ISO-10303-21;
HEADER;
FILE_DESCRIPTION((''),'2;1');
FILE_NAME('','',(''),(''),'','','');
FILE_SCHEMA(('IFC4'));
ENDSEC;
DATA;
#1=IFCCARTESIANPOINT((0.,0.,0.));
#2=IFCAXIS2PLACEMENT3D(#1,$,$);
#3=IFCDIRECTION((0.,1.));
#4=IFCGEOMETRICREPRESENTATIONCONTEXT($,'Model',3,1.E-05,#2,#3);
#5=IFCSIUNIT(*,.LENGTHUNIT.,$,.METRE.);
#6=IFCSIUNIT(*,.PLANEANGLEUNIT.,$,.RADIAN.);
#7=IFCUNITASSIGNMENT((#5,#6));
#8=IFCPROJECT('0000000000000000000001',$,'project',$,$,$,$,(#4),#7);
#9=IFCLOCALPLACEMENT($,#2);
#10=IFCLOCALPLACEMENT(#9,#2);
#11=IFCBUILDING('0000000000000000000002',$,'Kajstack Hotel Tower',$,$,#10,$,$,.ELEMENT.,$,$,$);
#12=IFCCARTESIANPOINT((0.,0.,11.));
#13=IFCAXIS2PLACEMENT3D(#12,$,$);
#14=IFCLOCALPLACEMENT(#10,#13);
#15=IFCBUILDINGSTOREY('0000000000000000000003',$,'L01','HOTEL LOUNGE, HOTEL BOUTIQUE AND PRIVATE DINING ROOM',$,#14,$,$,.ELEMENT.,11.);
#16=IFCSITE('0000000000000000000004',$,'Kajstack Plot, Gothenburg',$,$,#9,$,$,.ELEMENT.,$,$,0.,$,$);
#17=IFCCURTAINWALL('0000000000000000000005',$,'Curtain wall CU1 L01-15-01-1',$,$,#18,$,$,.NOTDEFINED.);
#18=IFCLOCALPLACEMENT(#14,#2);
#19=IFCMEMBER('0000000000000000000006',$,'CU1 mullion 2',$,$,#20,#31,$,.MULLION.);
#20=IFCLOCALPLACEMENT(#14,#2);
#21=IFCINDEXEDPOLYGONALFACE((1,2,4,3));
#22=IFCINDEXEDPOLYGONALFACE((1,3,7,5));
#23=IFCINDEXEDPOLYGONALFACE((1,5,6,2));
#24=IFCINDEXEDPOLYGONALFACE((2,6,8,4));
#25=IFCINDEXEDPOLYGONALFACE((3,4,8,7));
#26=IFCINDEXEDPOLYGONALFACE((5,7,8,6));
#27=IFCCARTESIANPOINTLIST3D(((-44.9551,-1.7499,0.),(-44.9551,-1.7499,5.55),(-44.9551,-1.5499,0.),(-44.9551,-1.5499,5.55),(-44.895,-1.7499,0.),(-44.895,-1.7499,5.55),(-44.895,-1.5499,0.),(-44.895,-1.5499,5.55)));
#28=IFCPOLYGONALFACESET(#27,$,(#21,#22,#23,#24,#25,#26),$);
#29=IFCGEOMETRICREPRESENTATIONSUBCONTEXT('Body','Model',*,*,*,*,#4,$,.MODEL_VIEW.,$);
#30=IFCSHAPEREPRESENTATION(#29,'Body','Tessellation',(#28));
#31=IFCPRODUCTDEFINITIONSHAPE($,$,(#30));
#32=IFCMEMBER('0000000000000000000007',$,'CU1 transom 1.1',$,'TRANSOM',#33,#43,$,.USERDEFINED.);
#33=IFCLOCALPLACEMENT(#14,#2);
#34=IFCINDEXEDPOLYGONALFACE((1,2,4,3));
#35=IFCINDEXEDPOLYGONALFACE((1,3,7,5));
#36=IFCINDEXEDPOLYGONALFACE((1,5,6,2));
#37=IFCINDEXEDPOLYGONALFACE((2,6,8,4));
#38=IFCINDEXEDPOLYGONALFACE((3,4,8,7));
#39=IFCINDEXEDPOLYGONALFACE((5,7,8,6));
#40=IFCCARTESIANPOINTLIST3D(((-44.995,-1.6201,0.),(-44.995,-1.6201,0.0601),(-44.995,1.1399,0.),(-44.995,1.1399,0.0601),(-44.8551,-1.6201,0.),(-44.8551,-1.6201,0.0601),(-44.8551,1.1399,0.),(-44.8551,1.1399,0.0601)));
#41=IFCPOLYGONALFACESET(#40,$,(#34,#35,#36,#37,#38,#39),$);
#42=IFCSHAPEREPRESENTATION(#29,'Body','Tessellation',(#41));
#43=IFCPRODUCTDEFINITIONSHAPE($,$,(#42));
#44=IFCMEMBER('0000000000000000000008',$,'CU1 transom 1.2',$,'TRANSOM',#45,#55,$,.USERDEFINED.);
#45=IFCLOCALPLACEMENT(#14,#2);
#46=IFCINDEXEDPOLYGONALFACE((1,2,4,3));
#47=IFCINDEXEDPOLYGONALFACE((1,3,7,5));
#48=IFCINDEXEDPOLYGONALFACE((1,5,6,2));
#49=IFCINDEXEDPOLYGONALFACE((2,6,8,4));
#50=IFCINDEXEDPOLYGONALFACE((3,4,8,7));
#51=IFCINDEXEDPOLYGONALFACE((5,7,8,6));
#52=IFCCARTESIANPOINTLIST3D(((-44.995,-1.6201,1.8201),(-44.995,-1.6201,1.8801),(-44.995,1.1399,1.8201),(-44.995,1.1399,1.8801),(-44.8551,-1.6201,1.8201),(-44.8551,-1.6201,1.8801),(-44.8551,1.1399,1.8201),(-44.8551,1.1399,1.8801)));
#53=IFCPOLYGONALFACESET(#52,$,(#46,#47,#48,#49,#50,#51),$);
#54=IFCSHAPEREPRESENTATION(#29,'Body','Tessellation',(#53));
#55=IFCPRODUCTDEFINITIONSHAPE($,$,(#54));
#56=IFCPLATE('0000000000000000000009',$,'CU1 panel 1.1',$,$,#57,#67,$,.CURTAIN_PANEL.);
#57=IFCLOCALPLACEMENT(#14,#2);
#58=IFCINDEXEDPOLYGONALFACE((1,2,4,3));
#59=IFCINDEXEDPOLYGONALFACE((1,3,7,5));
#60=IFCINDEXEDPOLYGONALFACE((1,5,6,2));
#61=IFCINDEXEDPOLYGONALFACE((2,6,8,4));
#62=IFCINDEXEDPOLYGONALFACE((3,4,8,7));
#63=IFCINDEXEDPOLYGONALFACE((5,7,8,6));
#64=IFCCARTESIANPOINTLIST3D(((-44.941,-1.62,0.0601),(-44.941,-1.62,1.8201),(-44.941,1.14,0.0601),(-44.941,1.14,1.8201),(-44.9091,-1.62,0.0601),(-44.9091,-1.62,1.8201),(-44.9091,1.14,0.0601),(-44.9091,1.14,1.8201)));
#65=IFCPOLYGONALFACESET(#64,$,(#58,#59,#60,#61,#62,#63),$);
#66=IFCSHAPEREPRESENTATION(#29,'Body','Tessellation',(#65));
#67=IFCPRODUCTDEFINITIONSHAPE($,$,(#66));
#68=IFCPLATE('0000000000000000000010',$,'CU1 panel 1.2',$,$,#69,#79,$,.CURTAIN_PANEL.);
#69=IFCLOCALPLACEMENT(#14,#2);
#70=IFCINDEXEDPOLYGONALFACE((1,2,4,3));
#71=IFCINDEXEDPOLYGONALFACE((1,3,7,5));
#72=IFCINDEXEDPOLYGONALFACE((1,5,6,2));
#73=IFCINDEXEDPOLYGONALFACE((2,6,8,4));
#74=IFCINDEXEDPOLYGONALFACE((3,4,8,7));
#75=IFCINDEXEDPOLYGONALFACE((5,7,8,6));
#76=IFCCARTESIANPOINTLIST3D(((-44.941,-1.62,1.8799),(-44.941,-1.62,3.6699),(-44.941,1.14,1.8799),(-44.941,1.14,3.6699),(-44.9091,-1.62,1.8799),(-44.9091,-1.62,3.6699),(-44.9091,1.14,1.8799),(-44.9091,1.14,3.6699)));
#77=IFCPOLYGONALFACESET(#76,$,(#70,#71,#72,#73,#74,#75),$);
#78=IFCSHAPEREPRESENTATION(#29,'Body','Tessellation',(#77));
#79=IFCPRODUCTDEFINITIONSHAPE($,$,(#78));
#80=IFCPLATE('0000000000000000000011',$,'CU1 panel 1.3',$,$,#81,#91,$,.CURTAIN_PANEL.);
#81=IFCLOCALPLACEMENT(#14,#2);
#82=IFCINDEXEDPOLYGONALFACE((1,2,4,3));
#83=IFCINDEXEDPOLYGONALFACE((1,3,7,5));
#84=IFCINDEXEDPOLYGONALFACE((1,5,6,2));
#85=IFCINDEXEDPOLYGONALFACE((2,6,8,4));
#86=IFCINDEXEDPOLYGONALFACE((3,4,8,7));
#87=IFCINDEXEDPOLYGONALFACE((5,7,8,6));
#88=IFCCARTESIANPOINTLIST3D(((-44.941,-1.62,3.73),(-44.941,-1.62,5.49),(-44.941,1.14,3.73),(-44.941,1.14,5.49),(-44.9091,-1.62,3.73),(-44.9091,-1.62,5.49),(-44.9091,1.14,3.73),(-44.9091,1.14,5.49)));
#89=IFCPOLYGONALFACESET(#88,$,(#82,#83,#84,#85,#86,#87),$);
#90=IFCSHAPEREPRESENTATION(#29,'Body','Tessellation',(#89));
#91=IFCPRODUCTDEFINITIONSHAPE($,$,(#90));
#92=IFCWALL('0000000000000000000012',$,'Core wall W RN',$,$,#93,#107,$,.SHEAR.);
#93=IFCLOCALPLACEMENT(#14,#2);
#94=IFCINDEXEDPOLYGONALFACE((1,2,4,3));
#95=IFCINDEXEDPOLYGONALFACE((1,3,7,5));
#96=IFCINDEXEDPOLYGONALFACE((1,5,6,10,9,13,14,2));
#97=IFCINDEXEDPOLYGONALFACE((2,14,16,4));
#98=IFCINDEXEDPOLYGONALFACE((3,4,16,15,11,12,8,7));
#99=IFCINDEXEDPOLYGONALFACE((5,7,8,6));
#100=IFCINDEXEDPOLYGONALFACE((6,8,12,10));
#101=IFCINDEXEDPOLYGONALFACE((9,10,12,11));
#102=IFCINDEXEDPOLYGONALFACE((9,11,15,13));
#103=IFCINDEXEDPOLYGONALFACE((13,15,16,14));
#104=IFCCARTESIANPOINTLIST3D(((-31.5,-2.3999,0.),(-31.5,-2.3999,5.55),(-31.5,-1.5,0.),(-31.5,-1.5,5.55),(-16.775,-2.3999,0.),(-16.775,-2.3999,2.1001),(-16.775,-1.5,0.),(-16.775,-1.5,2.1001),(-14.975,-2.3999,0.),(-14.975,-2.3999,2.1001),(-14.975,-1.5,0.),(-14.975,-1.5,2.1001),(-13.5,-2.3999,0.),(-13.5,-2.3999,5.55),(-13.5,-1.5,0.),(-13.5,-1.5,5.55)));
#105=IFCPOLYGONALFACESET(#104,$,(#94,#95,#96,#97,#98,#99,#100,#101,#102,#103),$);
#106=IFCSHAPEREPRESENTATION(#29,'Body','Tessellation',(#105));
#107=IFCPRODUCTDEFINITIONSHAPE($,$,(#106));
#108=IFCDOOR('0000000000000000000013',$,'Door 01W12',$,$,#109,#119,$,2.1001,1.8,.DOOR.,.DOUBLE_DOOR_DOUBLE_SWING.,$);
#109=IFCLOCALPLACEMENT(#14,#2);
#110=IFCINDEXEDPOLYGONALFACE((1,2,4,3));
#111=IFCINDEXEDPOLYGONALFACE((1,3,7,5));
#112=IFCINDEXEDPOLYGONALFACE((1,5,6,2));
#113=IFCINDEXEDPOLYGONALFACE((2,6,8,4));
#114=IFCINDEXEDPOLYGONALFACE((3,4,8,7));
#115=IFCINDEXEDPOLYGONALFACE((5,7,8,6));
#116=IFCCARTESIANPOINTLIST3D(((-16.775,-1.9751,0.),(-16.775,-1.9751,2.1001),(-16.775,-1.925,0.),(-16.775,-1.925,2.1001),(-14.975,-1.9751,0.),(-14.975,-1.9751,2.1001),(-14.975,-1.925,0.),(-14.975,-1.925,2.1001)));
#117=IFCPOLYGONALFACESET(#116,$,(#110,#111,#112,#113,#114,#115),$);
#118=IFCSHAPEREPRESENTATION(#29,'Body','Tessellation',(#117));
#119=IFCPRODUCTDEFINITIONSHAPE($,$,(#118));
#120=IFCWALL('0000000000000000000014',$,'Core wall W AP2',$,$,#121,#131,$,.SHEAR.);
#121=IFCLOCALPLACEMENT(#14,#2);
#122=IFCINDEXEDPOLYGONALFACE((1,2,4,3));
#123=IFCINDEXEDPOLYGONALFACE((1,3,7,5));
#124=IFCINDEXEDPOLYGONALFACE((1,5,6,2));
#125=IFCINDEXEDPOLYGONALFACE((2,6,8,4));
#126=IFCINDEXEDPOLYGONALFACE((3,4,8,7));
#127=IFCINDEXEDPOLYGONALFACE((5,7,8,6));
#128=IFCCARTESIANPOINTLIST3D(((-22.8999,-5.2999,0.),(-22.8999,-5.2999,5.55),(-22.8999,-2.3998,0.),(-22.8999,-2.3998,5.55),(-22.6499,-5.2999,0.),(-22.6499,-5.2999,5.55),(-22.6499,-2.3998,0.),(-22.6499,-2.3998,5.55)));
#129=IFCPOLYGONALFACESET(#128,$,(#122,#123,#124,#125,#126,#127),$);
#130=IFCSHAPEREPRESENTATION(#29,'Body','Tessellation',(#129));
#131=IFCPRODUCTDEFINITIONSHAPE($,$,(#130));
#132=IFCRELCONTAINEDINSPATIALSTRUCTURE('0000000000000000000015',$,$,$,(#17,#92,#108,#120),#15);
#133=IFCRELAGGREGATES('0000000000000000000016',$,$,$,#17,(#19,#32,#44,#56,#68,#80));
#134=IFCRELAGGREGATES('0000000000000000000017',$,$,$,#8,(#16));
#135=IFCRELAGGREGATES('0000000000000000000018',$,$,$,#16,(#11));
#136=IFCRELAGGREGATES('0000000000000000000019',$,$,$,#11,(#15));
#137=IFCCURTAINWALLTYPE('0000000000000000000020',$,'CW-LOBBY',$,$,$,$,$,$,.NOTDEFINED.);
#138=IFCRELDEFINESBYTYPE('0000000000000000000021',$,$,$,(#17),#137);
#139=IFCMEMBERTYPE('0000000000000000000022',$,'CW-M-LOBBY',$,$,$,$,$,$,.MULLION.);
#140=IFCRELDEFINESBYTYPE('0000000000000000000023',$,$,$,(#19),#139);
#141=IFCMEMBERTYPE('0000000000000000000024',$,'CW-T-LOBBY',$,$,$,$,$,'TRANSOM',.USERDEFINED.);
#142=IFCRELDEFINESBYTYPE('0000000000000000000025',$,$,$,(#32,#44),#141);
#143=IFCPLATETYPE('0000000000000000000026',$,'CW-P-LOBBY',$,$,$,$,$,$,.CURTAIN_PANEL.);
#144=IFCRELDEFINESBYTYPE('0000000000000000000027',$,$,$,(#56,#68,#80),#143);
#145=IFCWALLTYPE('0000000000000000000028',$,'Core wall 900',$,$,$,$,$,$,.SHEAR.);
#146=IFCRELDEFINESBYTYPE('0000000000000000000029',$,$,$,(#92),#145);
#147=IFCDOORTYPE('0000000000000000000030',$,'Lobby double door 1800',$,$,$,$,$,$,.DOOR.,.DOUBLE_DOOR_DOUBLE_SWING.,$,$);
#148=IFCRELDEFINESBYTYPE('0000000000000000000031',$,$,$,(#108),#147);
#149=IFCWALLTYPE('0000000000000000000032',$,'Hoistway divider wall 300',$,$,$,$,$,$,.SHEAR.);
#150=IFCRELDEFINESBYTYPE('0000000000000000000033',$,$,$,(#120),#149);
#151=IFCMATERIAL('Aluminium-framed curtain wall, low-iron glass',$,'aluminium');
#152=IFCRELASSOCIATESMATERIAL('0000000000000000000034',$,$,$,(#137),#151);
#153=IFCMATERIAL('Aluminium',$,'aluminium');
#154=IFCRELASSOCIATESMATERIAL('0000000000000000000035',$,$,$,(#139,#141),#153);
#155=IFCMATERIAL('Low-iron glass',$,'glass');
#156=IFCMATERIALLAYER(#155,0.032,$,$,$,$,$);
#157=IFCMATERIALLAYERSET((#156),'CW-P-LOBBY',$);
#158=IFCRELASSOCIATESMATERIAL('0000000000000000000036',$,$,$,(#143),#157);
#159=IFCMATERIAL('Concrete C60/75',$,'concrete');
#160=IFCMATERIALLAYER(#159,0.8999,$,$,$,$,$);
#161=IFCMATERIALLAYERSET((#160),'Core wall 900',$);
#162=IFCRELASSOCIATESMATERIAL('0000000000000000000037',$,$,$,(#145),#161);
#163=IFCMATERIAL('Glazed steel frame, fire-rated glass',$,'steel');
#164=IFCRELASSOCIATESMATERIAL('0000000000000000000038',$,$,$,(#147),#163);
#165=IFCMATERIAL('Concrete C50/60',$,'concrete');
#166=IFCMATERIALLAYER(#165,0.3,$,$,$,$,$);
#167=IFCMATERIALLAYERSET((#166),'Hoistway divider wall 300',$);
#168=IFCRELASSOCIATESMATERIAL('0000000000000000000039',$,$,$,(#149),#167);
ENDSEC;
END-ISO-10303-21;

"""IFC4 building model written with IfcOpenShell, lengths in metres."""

from ifc_helpers import new_model, si_unit, direction, frame, frame_2d, origin, origin_2d, place, context, subcontext, project, spatial, rectangle, extrude, material, layer, layer_set, material_profile, profile_set, type_object, element, fill, aggregate, save


model = new_model("IFC4")

# Units and contexts
model_context = context("Model", 3, precision=1e-05, world=origin(), true_north=direction((0.0, 1.0)))
body_context = subcontext(model_context, "Body", "Model", "MODEL_VIEW")
ifc_project = project(units=[si_unit("LENGTHUNIT", "METRE"), si_unit("PLANEANGLEUNIT", "RADIAN")], contexts=[model_context])

# Site, building, storey
site_placement = place(None, origin())
site = spatial("IfcSite", under=ifc_project, at=site_placement, Name="Kajstack Plot, Gothenburg", CompositionType="ELEMENT", RefElevation=0.0)
building_placement = place(site_placement, origin())
building = spatial("IfcBuilding", under=site, at=building_placement, Name="Kajstack Hotel Tower", CompositionType="ELEMENT")
storey_placement = place(building_placement, frame((0.0, 0.0, 11.0)))
storey = spatial("IfcBuildingStorey", under=building, at=storey_placement, Name="L01", Description="HOTEL LOUNGE, HOTEL BOUTIQUE AND PRIVATE DINING ROOM", CompositionType="ELEMENT", Elevation=11.0)

# Curtain wall, members, plates
ifc_material_1 = material(Name="Aluminium-framed curtain wall, low-iron glass", Category="aluminium")
curtain_wall_type = type_object("IfcCurtainWallType", Name="CW-LOBBY", PredefinedType="NOTDEFINED", material=ifc_material_1)
curtain_wall_placement = place(storey_placement, origin())
curtain_wall = element("IfcCurtainWall", 1, at=curtain_wall_placement, inside=storey, type_object=curtain_wall_type, Name="Curtain wall CU1 L01-15-01-1", PredefinedType="NOTDEFINED")
ifc_material_2 = material(Name="Aluminium", Category="aluminium")
ifc_material_profile_1 = material_profile(ifc_material_2, rectangle(XDim=0.0601, YDim=0.2, at=origin_2d()), Name="Aluminium mullion 60 x 200")
ifc_profile_set_1 = profile_set([ifc_material_profile_1], Name="Aluminium")
member_type_1 = type_object("IfcMemberType", Name="CW-M-LOBBY", PredefinedType="MULLION", material=ifc_profile_set_1)
member_1_placement = place(storey_placement, frame((-44.925, -1.6499, 0.0), z_axis=(0.0, 0.0, 1.0), x_axis=(1.0, 0.0, 0.0)))
member_1 = element("IfcMember", 2, at=member_1_placement, type_object=member_type_1, Name="CU1 mullion 2", PredefinedType="MULLION", context=body_context, shape_type="SweptSolid", body=[
    extrude(rectangle(XDim=0.0601, YDim=0.2, at=origin_2d()), origin(), (0.0, 0.0, 1.0), 5.55),
])
ifc_material_profile_2 = material_profile(ifc_material_2, rectangle(XDim=0.1399, YDim=0.0601, at=origin_2d()), Name="Aluminium transom 140 x 60")
ifc_profile_set_2 = profile_set([ifc_material_profile_2], Name="Aluminium")
member_type_2 = type_object("IfcMemberType", Name="CW-T-LOBBY", ElementType="TRANSOM", PredefinedType="USERDEFINED", material=ifc_profile_set_2)
member_2_placement = place(storey_placement, frame((-44.925, 1.1399, 0.03), z_axis=(0.0, -1.0, 0.0), x_axis=(1.0, 0.0, 0.0)))
member_2 = element("IfcMember", 3, at=member_2_placement, type_object=member_type_2, Name="CU1 transom 1.1", ObjectType="TRANSOM", PredefinedType="USERDEFINED", context=body_context, shape_type="SweptSolid", body=[
    extrude(rectangle(XDim=0.1399, YDim=0.0601, at=origin_2d()), origin(), (0.0, 0.0, 1.0), 2.76),
])
member_3_placement = place(storey_placement, frame((-44.925, 1.1399, 1.8501), z_axis=(0.0, -1.0, 0.0), x_axis=(1.0, 0.0, 0.0)))
member_3 = element("IfcMember", 4, at=member_3_placement, type_object=member_type_2, Name="CU1 transom 1.2", ObjectType="TRANSOM", PredefinedType="USERDEFINED", context=body_context, shape_type="SweptSolid", body=[
    extrude(rectangle(XDim=0.1399, YDim=0.0601, at=origin_2d()), origin(), (0.0, 0.0, 1.0), 2.76),
])
ifc_material_3 = material(Name="Low-iron glass", Category="glass")
ifc_layer_1 = layer(ifc_material_3, 0.032)
ifc_layer_set_1 = layer_set([ifc_layer_1], Name="CW-P-LOBBY")
plate_type = type_object("IfcPlateType", Name="CW-P-LOBBY", PredefinedType="CURTAIN_PANEL", material=ifc_layer_set_1)
plate_1_placement = place(storey_placement, frame((-44.925, -0.24, 0.0601), z_axis=(0.0, 0.0, 1.0), x_axis=(0.0, -1.0, 0.0)))
plate_1 = element("IfcPlate", 5, at=plate_1_placement, type_object=plate_type, Name="CU1 panel 1.1", PredefinedType="CURTAIN_PANEL", context=body_context, shape_type="SweptSolid", body=[
    extrude(rectangle(XDim=2.76, YDim=0.032, at=origin_2d()), origin(), (0.0, 0.0, 1.0), 1.76),
])
plate_2_placement = place(storey_placement, frame((-44.925, -0.24, 1.8799), z_axis=(0.0, 0.0, 1.0), x_axis=(0.0, -1.0, 0.0)))
plate_2 = element("IfcPlate", 6, at=plate_2_placement, type_object=plate_type, Name="CU1 panel 1.2", PredefinedType="CURTAIN_PANEL", context=body_context, shape_type="SweptSolid", body=[
    extrude(rectangle(XDim=2.76, YDim=0.032, at=origin_2d()), origin(), (0.0, 0.0, 1.0), 1.79),
])
plate_3_placement = place(storey_placement, frame((-44.925, -0.24, 3.73), z_axis=(0.0, 0.0, 1.0), x_axis=(0.0, -1.0, 0.0)))
plate_3 = element("IfcPlate", 7, at=plate_3_placement, type_object=plate_type, Name="CU1 panel 1.3", PredefinedType="CURTAIN_PANEL", context=body_context, shape_type="SweptSolid", body=[
    extrude(rectangle(XDim=2.76, YDim=0.032, at=origin_2d()), origin(), (0.0, 0.0, 1.0), 1.76),
])
aggregate(curtain_wall, [member_1, member_2, member_3, plate_1, plate_2, plate_3])

# Wall, opening, door
ifc_material_4 = material(Name="Concrete C60/75", Category="concrete")
ifc_layer_2 = layer(ifc_material_4, 0.8999)
ifc_layer_set_2 = layer_set([ifc_layer_2], Name="Core wall 900")
wall_type_1 = type_object("IfcWallType", Name="Core wall 900", PredefinedType="SHEAR", material=ifc_layer_set_2)
wall_1_placement = place(storey_placement, frame((-31.5, -1.95, 0.0), z_axis=(0.0, 0.0, 1.0), x_axis=(1.0, 0.0, 0.0)))
wall_1 = element("IfcWall", 8, at=wall_1_placement, inside=storey, type_object=wall_type_1, Name="Core wall W RN", PredefinedType="SHEAR", context=body_context, shape_type="SweptSolid", body=[
    extrude(rectangle(XDim=18.0, YDim=0.8999, at=frame_2d((9.0, 0.0))), origin(), (0.0, 0.0, 1.0), 5.55),
])
opening_1_placement = place(wall_1_placement, frame((14.7251, 0.0, 0.0)))
opening_1 = element("IfcOpeningElement", 9, at=opening_1_placement, cuts=wall_1, PredefinedType="OPENING", context=body_context, shape_type="SweptSolid", body=[
    extrude(rectangle(XDim=1.8, YDim=2.1001, at=frame_2d((0.8999, 1.05))), frame((0.0, 0.46, 0.0), z_axis=(0.0, -1.0, 0.0), x_axis=(1.0, 0.0, 0.0)), (0.0, 0.0, 1.0), 0.9199),
])
ifc_material_5 = material(Name="Glazed steel frame, fire-rated glass", Category="steel")
door_type_1 = type_object("IfcDoorType", Name="Lobby double door 1800", OperationType="DOUBLE_DOOR_DOUBLE_SWING", PredefinedType="DOOR", material=ifc_material_5)
door_1_placement = place(opening_1_placement, origin())
door_1 = element("IfcDoor", 10, at=door_1_placement, inside=storey, type_object=door_type_1, Name="Door 01W12", OperationType="DOUBLE_DOOR_DOUBLE_SWING", OverallHeight=2.1001, OverallWidth=1.8, PredefinedType="DOOR", context=body_context, shape_type="SweptSolid", body=[
    extrude(rectangle(XDim=1.8, YDim=2.1001, at=frame_2d((0.8999, 1.05))), frame((0.0, 0.0249, 0.0), z_axis=(0.0, -1.0, 0.0), x_axis=(1.0, 0.0, 0.0)), (0.0, 0.0, 1.0), 0.05),
])
fill(opening_1, door_1)

# Wall
ifc_material_6 = material(Name="Concrete C50/60", Category="concrete")
ifc_layer_3 = layer(ifc_material_6, 0.3)
ifc_layer_set_3 = layer_set([ifc_layer_3], Name="Hoistway divider wall 300")
wall_type_2 = type_object("IfcWallType", Name="Hoistway divider wall 300", PredefinedType="SHEAR", material=ifc_layer_set_3)
wall_2_placement = place(storey_placement, frame((-22.7749, -5.3, 0.0), z_axis=(0.0, 0.0, 1.0), x_axis=(0.0, 1.0, 0.0)))
element("IfcWall", 11, at=wall_2_placement, inside=storey, type_object=wall_type_2, Name="Core wall W AP2", PredefinedType="SHEAR", context=body_context, shape_type="SweptSolid", body=[
    extrude(rectangle(XDim=2.9001, YDim=0.25, at=frame_2d((1.4502, 0.0))), origin(), (0.0, 0.0, 1.0), 5.55),
])

save(model, "model.ifc")
